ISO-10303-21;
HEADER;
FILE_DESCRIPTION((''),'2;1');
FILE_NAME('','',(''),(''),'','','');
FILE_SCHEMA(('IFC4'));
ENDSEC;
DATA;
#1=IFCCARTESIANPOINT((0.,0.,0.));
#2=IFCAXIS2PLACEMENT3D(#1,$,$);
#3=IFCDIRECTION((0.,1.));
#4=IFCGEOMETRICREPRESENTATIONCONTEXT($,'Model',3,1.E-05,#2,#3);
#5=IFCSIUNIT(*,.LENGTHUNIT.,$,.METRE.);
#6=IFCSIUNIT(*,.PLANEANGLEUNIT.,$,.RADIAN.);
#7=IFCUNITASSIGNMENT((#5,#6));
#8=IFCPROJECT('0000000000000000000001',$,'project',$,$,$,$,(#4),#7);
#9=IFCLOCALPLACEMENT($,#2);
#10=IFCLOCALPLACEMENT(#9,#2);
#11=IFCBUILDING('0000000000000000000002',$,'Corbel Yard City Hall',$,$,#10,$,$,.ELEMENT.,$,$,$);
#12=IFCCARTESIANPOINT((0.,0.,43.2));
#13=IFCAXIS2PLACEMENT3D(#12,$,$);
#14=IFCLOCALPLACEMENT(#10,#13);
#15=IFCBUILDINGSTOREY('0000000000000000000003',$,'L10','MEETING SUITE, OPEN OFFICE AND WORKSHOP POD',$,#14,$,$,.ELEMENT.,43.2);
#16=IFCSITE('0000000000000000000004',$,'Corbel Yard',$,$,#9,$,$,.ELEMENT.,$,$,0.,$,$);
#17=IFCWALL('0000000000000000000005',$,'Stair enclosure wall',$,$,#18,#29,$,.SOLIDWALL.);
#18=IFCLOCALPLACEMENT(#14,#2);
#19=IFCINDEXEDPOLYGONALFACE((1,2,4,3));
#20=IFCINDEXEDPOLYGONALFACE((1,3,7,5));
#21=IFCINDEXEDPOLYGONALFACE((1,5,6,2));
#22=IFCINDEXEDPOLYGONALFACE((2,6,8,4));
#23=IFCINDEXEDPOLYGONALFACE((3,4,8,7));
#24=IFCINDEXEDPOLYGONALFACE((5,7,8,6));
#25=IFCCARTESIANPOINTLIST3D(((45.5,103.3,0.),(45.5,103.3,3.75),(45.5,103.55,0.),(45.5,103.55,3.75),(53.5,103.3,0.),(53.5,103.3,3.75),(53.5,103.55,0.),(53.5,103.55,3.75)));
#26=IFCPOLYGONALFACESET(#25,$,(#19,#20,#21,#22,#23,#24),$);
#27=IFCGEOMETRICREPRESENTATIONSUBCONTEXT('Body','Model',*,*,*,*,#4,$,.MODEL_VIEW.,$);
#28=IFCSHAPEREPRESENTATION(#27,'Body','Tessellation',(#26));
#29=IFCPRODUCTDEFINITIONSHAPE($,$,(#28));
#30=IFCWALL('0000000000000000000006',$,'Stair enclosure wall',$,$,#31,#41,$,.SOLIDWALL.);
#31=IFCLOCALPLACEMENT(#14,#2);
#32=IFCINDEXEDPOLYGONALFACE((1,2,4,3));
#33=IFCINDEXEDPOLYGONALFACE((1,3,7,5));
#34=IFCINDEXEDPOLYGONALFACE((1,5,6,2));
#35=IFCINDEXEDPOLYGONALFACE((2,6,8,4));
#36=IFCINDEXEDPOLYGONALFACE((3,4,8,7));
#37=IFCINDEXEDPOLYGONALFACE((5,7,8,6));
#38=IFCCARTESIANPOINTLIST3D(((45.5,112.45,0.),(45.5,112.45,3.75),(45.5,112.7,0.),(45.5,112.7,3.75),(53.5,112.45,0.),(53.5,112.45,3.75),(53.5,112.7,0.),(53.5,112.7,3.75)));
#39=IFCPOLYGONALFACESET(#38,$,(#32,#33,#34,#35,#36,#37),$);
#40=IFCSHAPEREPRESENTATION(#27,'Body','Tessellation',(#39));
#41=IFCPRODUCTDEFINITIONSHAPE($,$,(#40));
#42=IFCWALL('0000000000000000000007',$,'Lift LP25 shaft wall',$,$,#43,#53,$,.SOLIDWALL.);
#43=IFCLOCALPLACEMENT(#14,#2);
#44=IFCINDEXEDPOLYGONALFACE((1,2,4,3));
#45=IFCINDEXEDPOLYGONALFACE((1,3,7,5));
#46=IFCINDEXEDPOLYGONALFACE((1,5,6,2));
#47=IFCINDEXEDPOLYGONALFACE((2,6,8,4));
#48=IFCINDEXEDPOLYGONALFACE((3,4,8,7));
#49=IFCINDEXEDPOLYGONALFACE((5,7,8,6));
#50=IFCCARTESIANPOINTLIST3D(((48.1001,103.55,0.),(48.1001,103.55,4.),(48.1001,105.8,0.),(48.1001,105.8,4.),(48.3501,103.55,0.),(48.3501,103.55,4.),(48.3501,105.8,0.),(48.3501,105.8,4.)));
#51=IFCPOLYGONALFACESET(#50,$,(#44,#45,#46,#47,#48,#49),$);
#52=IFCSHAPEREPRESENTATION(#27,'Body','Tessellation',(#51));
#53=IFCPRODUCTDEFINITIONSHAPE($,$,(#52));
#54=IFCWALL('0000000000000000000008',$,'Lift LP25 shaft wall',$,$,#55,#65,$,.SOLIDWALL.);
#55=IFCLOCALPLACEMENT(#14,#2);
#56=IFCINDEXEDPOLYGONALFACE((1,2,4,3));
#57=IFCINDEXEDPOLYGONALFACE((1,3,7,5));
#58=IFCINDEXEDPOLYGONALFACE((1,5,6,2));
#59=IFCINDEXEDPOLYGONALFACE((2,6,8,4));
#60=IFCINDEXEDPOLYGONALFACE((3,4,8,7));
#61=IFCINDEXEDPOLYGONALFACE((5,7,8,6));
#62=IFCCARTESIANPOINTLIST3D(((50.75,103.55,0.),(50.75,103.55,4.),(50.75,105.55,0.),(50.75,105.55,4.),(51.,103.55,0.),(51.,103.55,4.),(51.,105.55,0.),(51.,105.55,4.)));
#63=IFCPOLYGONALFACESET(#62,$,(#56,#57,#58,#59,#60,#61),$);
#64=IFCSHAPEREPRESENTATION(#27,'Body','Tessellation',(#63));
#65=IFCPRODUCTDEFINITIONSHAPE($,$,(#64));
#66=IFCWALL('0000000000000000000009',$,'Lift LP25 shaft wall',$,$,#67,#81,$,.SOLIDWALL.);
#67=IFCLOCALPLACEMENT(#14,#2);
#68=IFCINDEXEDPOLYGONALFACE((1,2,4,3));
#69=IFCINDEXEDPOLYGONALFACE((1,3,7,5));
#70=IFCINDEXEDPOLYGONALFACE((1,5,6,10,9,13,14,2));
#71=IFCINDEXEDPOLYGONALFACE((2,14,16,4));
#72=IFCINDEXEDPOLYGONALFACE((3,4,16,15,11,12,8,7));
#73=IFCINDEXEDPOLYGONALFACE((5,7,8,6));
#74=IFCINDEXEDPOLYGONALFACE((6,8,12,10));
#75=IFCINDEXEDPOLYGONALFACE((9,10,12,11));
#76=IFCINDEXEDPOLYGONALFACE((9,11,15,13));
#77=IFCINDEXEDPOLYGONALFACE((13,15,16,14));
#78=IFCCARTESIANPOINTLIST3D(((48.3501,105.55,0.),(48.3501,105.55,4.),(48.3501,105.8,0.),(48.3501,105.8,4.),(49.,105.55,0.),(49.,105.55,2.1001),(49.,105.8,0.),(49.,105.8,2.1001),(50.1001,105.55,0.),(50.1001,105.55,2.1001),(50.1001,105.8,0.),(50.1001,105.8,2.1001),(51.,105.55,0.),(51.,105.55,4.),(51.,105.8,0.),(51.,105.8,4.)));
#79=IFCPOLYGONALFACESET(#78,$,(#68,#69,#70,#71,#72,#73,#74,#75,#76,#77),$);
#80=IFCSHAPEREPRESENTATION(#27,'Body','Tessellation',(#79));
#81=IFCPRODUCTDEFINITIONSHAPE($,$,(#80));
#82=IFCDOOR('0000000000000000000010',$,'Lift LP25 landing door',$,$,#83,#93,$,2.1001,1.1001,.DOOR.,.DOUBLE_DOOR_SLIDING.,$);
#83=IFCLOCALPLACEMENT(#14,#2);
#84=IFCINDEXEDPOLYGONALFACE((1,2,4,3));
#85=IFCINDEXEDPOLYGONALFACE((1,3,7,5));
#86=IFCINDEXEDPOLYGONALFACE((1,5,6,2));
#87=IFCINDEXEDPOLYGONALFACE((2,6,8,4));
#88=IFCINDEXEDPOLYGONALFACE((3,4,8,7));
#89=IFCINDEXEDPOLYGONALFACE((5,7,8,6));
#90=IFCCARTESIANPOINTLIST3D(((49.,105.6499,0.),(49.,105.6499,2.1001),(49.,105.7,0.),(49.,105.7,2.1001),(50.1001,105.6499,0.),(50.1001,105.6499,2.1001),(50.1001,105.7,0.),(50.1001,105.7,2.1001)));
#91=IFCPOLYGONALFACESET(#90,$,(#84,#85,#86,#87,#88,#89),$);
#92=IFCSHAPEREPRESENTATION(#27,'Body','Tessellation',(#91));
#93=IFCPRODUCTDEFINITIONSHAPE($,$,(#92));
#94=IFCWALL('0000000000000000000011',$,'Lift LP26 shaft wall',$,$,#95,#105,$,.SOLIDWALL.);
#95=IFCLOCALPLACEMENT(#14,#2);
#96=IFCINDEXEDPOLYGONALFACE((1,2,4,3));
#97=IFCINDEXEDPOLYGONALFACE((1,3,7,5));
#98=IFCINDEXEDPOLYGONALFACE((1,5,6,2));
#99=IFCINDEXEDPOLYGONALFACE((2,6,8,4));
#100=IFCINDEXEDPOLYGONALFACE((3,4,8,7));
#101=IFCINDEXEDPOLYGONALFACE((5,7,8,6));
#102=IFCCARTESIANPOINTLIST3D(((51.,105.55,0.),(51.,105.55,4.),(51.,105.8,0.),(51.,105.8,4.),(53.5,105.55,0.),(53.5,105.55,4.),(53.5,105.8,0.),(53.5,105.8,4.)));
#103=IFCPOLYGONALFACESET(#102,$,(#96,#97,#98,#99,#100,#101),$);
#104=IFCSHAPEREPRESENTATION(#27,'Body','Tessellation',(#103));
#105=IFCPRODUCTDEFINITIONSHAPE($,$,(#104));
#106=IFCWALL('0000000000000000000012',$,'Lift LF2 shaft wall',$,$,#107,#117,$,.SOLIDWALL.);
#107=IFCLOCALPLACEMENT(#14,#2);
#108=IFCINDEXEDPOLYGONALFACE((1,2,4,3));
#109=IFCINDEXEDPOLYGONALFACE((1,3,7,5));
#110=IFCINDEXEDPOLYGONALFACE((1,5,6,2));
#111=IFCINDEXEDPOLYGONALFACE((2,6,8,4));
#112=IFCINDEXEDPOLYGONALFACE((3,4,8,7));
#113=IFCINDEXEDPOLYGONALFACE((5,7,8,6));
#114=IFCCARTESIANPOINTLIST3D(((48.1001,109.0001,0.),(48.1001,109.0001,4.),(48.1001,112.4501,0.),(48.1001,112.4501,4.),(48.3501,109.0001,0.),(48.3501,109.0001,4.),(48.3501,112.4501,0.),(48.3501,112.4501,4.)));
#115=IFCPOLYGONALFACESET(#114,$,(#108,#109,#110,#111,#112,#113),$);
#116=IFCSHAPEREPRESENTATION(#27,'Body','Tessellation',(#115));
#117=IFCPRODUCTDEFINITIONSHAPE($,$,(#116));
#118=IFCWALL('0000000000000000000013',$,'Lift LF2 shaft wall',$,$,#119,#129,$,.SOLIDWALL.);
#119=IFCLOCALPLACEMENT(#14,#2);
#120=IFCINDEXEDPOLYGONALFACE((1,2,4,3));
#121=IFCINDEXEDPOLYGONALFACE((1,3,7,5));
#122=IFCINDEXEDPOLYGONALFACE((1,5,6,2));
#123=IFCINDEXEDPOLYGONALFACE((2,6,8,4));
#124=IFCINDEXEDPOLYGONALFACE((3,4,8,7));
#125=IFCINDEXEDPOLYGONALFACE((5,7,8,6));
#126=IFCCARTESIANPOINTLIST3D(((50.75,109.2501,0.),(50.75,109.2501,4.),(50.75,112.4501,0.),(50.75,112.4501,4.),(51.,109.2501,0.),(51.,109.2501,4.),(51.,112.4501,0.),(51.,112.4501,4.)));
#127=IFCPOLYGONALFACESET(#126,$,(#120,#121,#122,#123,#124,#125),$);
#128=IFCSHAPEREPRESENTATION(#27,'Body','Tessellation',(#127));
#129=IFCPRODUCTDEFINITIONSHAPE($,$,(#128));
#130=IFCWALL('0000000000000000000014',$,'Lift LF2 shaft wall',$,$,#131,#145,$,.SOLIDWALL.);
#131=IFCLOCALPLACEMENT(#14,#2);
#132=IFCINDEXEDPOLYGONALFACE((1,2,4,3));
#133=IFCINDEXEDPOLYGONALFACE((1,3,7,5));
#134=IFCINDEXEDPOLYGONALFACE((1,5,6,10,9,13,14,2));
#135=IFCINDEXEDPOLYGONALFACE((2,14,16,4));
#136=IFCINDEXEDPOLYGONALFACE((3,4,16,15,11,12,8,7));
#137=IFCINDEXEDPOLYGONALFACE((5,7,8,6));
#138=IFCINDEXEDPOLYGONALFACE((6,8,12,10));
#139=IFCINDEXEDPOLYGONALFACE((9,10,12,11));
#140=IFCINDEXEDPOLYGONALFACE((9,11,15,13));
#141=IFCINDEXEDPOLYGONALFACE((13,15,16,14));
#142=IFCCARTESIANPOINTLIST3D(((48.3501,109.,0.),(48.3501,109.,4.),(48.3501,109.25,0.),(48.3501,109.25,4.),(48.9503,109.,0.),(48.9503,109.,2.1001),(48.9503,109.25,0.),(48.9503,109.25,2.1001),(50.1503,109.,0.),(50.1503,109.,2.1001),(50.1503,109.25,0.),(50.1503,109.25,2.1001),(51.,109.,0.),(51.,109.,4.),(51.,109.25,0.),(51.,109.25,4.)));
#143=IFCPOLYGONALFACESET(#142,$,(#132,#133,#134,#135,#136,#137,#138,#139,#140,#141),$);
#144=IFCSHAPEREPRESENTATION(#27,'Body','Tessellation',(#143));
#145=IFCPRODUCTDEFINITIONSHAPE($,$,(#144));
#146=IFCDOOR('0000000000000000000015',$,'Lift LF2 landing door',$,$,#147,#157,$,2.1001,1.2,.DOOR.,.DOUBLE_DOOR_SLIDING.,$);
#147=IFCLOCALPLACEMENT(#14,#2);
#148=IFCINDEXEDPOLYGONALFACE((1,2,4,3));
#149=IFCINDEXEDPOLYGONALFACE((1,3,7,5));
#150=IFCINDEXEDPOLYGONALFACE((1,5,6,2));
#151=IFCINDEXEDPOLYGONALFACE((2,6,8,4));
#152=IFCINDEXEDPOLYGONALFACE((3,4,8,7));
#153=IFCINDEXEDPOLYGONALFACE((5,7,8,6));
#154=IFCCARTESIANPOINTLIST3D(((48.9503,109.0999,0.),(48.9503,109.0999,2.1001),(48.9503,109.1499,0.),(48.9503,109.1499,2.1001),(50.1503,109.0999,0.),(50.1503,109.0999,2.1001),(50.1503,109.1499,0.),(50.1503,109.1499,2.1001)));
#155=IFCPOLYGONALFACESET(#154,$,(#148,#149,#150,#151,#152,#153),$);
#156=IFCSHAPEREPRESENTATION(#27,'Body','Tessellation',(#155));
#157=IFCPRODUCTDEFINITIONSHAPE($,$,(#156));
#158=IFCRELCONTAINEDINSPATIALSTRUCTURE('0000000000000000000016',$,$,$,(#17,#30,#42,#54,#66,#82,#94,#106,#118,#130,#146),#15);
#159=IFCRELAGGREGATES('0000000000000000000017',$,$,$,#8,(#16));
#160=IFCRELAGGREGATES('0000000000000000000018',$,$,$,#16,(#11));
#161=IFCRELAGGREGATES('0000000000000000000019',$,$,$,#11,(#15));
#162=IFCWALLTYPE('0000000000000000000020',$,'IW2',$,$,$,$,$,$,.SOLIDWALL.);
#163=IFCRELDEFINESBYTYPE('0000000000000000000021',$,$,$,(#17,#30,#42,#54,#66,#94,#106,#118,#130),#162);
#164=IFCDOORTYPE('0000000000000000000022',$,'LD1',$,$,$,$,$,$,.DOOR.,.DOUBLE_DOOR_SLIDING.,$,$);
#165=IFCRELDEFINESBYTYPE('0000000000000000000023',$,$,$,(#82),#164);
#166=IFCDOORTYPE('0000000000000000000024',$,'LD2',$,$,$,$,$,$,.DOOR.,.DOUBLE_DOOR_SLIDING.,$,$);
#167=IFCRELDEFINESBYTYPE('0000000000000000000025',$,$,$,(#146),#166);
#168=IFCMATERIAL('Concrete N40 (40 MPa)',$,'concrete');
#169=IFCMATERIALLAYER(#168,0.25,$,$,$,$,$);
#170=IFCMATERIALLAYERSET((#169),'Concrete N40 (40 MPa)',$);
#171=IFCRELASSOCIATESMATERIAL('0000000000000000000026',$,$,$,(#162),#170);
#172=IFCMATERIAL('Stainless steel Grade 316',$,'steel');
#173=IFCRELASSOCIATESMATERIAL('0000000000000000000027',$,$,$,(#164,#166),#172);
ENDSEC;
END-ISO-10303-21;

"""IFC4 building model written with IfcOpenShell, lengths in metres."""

from ifc_helpers import new_model, si_unit, direction, frame, frame_2d, origin, place, context, subcontext, project, spatial, rectangle, extrude, material, layer, layer_set, type_object, element, fill, save


model = new_model("IFC4")

# Units and contexts
model_context = context("Model", 3, precision=1e-05, world=origin(), true_north=direction((0.0, 1.0)))
body_context = subcontext(model_context, "Body", "Model", "MODEL_VIEW")
ifc_project = project(units=[si_unit("LENGTHUNIT", "METRE"), si_unit("PLANEANGLEUNIT", "RADIAN")], contexts=[model_context])

# Site, building, storey
site_placement = place(None, origin())
site = spatial("IfcSite", under=ifc_project, at=site_placement, Name="Corbel Yard", CompositionType="ELEMENT", RefElevation=0.0)
building_placement = place(site_placement, origin())
building = spatial("IfcBuilding", under=site, at=building_placement, Name="Corbel Yard City Hall", CompositionType="ELEMENT")
storey_placement = place(building_placement, frame((0.0, 0.0, 43.2)))
storey = spatial("IfcBuildingStorey", under=building, at=storey_placement, Name="L10", Description="MEETING SUITE, OPEN OFFICE AND WORKSHOP POD", CompositionType="ELEMENT", Elevation=43.2)

# Walls
ifc_material_1 = material(Name="Concrete N40 (40 MPa)", Category="concrete")
ifc_layer_1 = layer(ifc_material_1, 0.25)
ifc_layer_set_1 = layer_set([ifc_layer_1], Name="Concrete N40 (40 MPa)")
wall_type_1 = type_object("IfcWallType", Name="IW2", PredefinedType="SOLIDWALL", material=ifc_layer_set_1)
for number, where, z_axis, x_axis, name in (
    (1, (45.5, 103.425, 0.0), (0.0, 0.0, 1.0), (1.0, 0.0, 0.0), "Stair enclosure wall"),
    (2, (45.5, 112.575, 0.0), (0.0, 0.0, 1.0), (1.0, 0.0, 0.0), "Stair enclosure wall"),
):
    element("IfcWall", number, at=place(storey_placement, frame(where, z_axis=z_axis, x_axis=x_axis)), inside=storey, type_object=wall_type_1, Name=name, PredefinedType="SOLIDWALL", context=body_context, shape_type="SweptSolid", body=[
        extrude(rectangle(XDim=8.0, YDim=0.25, at=frame_2d((4.0, 0.0))), origin(), (0.0, 0.0, 1.0), 3.75),
    ])
wall_1_placement = place(storey_placement, frame((48.2251, 103.55, 0.0), z_axis=(0.0, 0.0, 1.0), x_axis=(0.0, 1.0, 0.0)))
element("IfcWall", 3, at=wall_1_placement, inside=storey, type_object=wall_type_1, Name="Lift LP25 shaft wall", PredefinedType="SOLIDWALL", context=body_context, shape_type="SweptSolid", body=[
    extrude(rectangle(XDim=2.25, YDim=0.25, at=frame_2d((1.125, 0.0))), origin(), (0.0, 0.0, 1.0), 4.0),
])
wall_2_placement = place(storey_placement, frame((50.875, 103.55, 0.0), z_axis=(0.0, 0.0, 1.0), x_axis=(0.0, 1.0, 0.0)))
element("IfcWall", 4, at=wall_2_placement, inside=storey, type_object=wall_type_1, Name="Lift LP25 shaft wall", PredefinedType="SOLIDWALL", context=body_context, shape_type="SweptSolid", body=[
    extrude(rectangle(XDim=2.0, YDim=0.25, at=frame_2d((1.0, 0.0))), origin(), (0.0, 0.0, 1.0), 4.0),
])

# Wall, opening, door
wall_3_placement = place(storey_placement, frame((48.3501, 105.675, 0.0), z_axis=(0.0, 0.0, 1.0), x_axis=(1.0, 0.0, 0.0)))
wall_3 = element("IfcWall", 5, at=wall_3_placement, inside=storey, type_object=wall_type_1, Name="Lift LP25 shaft wall", PredefinedType="SOLIDWALL", context=body_context, shape_type="SweptSolid", body=[
    extrude(rectangle(XDim=2.6499, YDim=0.25, at=frame_2d((1.325, 0.0))), origin(), (0.0, 0.0, 1.0), 4.0),
])
opening_1_placement = place(wall_3_placement, frame((0.6499, 0.0, 0.0)))
opening_1 = element("IfcOpeningElement", 6, at=opening_1_placement, cuts=wall_3, PredefinedType="OPENING", context=body_context, shape_type="SweptSolid", body=[
    extrude(rectangle(XDim=1.1001, YDim=2.1001, at=frame_2d((0.55, 1.05))), frame((0.0, 0.135, 0.0), z_axis=(0.0, -1.0, 0.0), x_axis=(1.0, 0.0, 0.0)), (0.0, 0.0, 1.0), 0.27),
])
ifc_material_2 = material(Name="Stainless steel Grade 316", Category="steel")
door_type_1 = type_object("IfcDoorType", Name="LD1", OperationType="DOUBLE_DOOR_SLIDING", PredefinedType="DOOR", material=ifc_material_2)
door_1_placement = place(opening_1_placement, origin())
door_1 = element("IfcDoor", 7, at=door_1_placement, inside=storey, type_object=door_type_1, Name="Lift LP25 landing door", OperationType="DOUBLE_DOOR_SLIDING", OverallHeight=2.1001, OverallWidth=1.1001, PredefinedType="DOOR", context=body_context, shape_type="SweptSolid", body=[
    extrude(rectangle(XDim=1.1001, YDim=2.1001, at=frame_2d((0.55, 1.05))), frame((0.0, 0.0249, 0.0), z_axis=(0.0, -1.0, 0.0), x_axis=(1.0, 0.0, 0.0)), (0.0, 0.0, 1.0), 0.05),
])
fill(opening_1, door_1)

# Walls
wall_4_placement = place(storey_placement, frame((51.0, 105.675, 0.0), z_axis=(0.0, 0.0, 1.0), x_axis=(1.0, 0.0, 0.0)))
element("IfcWall", 8, at=wall_4_placement, inside=storey, type_object=wall_type_1, Name="Lift LP26 shaft wall", PredefinedType="SOLIDWALL", context=body_context, shape_type="SweptSolid", body=[
    extrude(rectangle(XDim=2.5, YDim=0.25, at=frame_2d((1.25, 0.0))), origin(), (0.0, 0.0, 1.0), 4.0),
])
wall_5_placement = place(storey_placement, frame((48.2251, 109.0, 0.0), z_axis=(0.0, 0.0, 1.0), x_axis=(0.0, 1.0, 0.0)))
element("IfcWall", 9, at=wall_5_placement, inside=storey, type_object=wall_type_1, Name="Lift LF2 shaft wall", PredefinedType="SOLIDWALL", context=body_context, shape_type="SweptSolid", body=[
    extrude(rectangle(XDim=3.45, YDim=0.25, at=frame_2d((1.7251, 0.0))), origin(), (0.0, 0.0, 1.0), 4.0),
])
wall_6_placement = place(storey_placement, frame((50.875, 109.25, 0.0), z_axis=(0.0, 0.0, 1.0), x_axis=(0.0, 1.0, 0.0)))
element("IfcWall", 10, at=wall_6_placement, inside=storey, type_object=wall_type_1, Name="Lift LF2 shaft wall", PredefinedType="SOLIDWALL", context=body_context, shape_type="SweptSolid", body=[
    extrude(rectangle(XDim=3.2, YDim=0.25, at=frame_2d((1.6001, 0.0))), origin(), (0.0, 0.0, 1.0), 4.0),
])

# Wall, opening, door
wall_7_placement = place(storey_placement, frame((48.3501, 109.125, 0.0), z_axis=(0.0, 0.0, 1.0), x_axis=(1.0, 0.0, 0.0)))
wall_7 = element("IfcWall", 11, at=wall_7_placement, inside=storey, type_object=wall_type_1, Name="Lift LF2 shaft wall", PredefinedType="SOLIDWALL", context=body_context, shape_type="SweptSolid", body=[
    extrude(rectangle(XDim=2.6499, YDim=0.25, at=frame_2d((1.325, 0.0))), origin(), (0.0, 0.0, 1.0), 4.0),
])
opening_2_placement = place(wall_7_placement, frame((0.6001, 0.0, 0.0)))
opening_2 = element("IfcOpeningElement", 12, at=opening_2_placement, cuts=wall_7, PredefinedType="OPENING", context=body_context, shape_type="SweptSolid", body=[
    extrude(rectangle(XDim=1.2, YDim=2.1001, at=frame_2d((0.6001, 1.05))), frame((0.0, 0.135, 0.0), z_axis=(0.0, -1.0, 0.0), x_axis=(1.0, 0.0, 0.0)), (0.0, 0.0, 1.0), 0.27),
])
door_type_2 = type_object("IfcDoorType", Name="LD2", OperationType="DOUBLE_DOOR_SLIDING", PredefinedType="DOOR", material=ifc_material_2)
door_2_placement = place(opening_2_placement, origin())
door_2 = element("IfcDoor", 13, at=door_2_placement, inside=storey, type_object=door_type_2, Name="Lift LF2 landing door", OperationType="DOUBLE_DOOR_SLIDING", OverallHeight=2.1001, OverallWidth=1.2, PredefinedType="DOOR", context=body_context, shape_type="SweptSolid", body=[
    extrude(rectangle(XDim=1.2, YDim=2.1001, at=frame_2d((0.6001, 1.05))), frame((0.0, 0.0249, 0.0), z_axis=(0.0, -1.0, 0.0), x_axis=(1.0, 0.0, 0.0)), (0.0, 0.0, 1.0), 0.05),
])
fill(opening_2, door_2)

save(model, "model.ifc")
